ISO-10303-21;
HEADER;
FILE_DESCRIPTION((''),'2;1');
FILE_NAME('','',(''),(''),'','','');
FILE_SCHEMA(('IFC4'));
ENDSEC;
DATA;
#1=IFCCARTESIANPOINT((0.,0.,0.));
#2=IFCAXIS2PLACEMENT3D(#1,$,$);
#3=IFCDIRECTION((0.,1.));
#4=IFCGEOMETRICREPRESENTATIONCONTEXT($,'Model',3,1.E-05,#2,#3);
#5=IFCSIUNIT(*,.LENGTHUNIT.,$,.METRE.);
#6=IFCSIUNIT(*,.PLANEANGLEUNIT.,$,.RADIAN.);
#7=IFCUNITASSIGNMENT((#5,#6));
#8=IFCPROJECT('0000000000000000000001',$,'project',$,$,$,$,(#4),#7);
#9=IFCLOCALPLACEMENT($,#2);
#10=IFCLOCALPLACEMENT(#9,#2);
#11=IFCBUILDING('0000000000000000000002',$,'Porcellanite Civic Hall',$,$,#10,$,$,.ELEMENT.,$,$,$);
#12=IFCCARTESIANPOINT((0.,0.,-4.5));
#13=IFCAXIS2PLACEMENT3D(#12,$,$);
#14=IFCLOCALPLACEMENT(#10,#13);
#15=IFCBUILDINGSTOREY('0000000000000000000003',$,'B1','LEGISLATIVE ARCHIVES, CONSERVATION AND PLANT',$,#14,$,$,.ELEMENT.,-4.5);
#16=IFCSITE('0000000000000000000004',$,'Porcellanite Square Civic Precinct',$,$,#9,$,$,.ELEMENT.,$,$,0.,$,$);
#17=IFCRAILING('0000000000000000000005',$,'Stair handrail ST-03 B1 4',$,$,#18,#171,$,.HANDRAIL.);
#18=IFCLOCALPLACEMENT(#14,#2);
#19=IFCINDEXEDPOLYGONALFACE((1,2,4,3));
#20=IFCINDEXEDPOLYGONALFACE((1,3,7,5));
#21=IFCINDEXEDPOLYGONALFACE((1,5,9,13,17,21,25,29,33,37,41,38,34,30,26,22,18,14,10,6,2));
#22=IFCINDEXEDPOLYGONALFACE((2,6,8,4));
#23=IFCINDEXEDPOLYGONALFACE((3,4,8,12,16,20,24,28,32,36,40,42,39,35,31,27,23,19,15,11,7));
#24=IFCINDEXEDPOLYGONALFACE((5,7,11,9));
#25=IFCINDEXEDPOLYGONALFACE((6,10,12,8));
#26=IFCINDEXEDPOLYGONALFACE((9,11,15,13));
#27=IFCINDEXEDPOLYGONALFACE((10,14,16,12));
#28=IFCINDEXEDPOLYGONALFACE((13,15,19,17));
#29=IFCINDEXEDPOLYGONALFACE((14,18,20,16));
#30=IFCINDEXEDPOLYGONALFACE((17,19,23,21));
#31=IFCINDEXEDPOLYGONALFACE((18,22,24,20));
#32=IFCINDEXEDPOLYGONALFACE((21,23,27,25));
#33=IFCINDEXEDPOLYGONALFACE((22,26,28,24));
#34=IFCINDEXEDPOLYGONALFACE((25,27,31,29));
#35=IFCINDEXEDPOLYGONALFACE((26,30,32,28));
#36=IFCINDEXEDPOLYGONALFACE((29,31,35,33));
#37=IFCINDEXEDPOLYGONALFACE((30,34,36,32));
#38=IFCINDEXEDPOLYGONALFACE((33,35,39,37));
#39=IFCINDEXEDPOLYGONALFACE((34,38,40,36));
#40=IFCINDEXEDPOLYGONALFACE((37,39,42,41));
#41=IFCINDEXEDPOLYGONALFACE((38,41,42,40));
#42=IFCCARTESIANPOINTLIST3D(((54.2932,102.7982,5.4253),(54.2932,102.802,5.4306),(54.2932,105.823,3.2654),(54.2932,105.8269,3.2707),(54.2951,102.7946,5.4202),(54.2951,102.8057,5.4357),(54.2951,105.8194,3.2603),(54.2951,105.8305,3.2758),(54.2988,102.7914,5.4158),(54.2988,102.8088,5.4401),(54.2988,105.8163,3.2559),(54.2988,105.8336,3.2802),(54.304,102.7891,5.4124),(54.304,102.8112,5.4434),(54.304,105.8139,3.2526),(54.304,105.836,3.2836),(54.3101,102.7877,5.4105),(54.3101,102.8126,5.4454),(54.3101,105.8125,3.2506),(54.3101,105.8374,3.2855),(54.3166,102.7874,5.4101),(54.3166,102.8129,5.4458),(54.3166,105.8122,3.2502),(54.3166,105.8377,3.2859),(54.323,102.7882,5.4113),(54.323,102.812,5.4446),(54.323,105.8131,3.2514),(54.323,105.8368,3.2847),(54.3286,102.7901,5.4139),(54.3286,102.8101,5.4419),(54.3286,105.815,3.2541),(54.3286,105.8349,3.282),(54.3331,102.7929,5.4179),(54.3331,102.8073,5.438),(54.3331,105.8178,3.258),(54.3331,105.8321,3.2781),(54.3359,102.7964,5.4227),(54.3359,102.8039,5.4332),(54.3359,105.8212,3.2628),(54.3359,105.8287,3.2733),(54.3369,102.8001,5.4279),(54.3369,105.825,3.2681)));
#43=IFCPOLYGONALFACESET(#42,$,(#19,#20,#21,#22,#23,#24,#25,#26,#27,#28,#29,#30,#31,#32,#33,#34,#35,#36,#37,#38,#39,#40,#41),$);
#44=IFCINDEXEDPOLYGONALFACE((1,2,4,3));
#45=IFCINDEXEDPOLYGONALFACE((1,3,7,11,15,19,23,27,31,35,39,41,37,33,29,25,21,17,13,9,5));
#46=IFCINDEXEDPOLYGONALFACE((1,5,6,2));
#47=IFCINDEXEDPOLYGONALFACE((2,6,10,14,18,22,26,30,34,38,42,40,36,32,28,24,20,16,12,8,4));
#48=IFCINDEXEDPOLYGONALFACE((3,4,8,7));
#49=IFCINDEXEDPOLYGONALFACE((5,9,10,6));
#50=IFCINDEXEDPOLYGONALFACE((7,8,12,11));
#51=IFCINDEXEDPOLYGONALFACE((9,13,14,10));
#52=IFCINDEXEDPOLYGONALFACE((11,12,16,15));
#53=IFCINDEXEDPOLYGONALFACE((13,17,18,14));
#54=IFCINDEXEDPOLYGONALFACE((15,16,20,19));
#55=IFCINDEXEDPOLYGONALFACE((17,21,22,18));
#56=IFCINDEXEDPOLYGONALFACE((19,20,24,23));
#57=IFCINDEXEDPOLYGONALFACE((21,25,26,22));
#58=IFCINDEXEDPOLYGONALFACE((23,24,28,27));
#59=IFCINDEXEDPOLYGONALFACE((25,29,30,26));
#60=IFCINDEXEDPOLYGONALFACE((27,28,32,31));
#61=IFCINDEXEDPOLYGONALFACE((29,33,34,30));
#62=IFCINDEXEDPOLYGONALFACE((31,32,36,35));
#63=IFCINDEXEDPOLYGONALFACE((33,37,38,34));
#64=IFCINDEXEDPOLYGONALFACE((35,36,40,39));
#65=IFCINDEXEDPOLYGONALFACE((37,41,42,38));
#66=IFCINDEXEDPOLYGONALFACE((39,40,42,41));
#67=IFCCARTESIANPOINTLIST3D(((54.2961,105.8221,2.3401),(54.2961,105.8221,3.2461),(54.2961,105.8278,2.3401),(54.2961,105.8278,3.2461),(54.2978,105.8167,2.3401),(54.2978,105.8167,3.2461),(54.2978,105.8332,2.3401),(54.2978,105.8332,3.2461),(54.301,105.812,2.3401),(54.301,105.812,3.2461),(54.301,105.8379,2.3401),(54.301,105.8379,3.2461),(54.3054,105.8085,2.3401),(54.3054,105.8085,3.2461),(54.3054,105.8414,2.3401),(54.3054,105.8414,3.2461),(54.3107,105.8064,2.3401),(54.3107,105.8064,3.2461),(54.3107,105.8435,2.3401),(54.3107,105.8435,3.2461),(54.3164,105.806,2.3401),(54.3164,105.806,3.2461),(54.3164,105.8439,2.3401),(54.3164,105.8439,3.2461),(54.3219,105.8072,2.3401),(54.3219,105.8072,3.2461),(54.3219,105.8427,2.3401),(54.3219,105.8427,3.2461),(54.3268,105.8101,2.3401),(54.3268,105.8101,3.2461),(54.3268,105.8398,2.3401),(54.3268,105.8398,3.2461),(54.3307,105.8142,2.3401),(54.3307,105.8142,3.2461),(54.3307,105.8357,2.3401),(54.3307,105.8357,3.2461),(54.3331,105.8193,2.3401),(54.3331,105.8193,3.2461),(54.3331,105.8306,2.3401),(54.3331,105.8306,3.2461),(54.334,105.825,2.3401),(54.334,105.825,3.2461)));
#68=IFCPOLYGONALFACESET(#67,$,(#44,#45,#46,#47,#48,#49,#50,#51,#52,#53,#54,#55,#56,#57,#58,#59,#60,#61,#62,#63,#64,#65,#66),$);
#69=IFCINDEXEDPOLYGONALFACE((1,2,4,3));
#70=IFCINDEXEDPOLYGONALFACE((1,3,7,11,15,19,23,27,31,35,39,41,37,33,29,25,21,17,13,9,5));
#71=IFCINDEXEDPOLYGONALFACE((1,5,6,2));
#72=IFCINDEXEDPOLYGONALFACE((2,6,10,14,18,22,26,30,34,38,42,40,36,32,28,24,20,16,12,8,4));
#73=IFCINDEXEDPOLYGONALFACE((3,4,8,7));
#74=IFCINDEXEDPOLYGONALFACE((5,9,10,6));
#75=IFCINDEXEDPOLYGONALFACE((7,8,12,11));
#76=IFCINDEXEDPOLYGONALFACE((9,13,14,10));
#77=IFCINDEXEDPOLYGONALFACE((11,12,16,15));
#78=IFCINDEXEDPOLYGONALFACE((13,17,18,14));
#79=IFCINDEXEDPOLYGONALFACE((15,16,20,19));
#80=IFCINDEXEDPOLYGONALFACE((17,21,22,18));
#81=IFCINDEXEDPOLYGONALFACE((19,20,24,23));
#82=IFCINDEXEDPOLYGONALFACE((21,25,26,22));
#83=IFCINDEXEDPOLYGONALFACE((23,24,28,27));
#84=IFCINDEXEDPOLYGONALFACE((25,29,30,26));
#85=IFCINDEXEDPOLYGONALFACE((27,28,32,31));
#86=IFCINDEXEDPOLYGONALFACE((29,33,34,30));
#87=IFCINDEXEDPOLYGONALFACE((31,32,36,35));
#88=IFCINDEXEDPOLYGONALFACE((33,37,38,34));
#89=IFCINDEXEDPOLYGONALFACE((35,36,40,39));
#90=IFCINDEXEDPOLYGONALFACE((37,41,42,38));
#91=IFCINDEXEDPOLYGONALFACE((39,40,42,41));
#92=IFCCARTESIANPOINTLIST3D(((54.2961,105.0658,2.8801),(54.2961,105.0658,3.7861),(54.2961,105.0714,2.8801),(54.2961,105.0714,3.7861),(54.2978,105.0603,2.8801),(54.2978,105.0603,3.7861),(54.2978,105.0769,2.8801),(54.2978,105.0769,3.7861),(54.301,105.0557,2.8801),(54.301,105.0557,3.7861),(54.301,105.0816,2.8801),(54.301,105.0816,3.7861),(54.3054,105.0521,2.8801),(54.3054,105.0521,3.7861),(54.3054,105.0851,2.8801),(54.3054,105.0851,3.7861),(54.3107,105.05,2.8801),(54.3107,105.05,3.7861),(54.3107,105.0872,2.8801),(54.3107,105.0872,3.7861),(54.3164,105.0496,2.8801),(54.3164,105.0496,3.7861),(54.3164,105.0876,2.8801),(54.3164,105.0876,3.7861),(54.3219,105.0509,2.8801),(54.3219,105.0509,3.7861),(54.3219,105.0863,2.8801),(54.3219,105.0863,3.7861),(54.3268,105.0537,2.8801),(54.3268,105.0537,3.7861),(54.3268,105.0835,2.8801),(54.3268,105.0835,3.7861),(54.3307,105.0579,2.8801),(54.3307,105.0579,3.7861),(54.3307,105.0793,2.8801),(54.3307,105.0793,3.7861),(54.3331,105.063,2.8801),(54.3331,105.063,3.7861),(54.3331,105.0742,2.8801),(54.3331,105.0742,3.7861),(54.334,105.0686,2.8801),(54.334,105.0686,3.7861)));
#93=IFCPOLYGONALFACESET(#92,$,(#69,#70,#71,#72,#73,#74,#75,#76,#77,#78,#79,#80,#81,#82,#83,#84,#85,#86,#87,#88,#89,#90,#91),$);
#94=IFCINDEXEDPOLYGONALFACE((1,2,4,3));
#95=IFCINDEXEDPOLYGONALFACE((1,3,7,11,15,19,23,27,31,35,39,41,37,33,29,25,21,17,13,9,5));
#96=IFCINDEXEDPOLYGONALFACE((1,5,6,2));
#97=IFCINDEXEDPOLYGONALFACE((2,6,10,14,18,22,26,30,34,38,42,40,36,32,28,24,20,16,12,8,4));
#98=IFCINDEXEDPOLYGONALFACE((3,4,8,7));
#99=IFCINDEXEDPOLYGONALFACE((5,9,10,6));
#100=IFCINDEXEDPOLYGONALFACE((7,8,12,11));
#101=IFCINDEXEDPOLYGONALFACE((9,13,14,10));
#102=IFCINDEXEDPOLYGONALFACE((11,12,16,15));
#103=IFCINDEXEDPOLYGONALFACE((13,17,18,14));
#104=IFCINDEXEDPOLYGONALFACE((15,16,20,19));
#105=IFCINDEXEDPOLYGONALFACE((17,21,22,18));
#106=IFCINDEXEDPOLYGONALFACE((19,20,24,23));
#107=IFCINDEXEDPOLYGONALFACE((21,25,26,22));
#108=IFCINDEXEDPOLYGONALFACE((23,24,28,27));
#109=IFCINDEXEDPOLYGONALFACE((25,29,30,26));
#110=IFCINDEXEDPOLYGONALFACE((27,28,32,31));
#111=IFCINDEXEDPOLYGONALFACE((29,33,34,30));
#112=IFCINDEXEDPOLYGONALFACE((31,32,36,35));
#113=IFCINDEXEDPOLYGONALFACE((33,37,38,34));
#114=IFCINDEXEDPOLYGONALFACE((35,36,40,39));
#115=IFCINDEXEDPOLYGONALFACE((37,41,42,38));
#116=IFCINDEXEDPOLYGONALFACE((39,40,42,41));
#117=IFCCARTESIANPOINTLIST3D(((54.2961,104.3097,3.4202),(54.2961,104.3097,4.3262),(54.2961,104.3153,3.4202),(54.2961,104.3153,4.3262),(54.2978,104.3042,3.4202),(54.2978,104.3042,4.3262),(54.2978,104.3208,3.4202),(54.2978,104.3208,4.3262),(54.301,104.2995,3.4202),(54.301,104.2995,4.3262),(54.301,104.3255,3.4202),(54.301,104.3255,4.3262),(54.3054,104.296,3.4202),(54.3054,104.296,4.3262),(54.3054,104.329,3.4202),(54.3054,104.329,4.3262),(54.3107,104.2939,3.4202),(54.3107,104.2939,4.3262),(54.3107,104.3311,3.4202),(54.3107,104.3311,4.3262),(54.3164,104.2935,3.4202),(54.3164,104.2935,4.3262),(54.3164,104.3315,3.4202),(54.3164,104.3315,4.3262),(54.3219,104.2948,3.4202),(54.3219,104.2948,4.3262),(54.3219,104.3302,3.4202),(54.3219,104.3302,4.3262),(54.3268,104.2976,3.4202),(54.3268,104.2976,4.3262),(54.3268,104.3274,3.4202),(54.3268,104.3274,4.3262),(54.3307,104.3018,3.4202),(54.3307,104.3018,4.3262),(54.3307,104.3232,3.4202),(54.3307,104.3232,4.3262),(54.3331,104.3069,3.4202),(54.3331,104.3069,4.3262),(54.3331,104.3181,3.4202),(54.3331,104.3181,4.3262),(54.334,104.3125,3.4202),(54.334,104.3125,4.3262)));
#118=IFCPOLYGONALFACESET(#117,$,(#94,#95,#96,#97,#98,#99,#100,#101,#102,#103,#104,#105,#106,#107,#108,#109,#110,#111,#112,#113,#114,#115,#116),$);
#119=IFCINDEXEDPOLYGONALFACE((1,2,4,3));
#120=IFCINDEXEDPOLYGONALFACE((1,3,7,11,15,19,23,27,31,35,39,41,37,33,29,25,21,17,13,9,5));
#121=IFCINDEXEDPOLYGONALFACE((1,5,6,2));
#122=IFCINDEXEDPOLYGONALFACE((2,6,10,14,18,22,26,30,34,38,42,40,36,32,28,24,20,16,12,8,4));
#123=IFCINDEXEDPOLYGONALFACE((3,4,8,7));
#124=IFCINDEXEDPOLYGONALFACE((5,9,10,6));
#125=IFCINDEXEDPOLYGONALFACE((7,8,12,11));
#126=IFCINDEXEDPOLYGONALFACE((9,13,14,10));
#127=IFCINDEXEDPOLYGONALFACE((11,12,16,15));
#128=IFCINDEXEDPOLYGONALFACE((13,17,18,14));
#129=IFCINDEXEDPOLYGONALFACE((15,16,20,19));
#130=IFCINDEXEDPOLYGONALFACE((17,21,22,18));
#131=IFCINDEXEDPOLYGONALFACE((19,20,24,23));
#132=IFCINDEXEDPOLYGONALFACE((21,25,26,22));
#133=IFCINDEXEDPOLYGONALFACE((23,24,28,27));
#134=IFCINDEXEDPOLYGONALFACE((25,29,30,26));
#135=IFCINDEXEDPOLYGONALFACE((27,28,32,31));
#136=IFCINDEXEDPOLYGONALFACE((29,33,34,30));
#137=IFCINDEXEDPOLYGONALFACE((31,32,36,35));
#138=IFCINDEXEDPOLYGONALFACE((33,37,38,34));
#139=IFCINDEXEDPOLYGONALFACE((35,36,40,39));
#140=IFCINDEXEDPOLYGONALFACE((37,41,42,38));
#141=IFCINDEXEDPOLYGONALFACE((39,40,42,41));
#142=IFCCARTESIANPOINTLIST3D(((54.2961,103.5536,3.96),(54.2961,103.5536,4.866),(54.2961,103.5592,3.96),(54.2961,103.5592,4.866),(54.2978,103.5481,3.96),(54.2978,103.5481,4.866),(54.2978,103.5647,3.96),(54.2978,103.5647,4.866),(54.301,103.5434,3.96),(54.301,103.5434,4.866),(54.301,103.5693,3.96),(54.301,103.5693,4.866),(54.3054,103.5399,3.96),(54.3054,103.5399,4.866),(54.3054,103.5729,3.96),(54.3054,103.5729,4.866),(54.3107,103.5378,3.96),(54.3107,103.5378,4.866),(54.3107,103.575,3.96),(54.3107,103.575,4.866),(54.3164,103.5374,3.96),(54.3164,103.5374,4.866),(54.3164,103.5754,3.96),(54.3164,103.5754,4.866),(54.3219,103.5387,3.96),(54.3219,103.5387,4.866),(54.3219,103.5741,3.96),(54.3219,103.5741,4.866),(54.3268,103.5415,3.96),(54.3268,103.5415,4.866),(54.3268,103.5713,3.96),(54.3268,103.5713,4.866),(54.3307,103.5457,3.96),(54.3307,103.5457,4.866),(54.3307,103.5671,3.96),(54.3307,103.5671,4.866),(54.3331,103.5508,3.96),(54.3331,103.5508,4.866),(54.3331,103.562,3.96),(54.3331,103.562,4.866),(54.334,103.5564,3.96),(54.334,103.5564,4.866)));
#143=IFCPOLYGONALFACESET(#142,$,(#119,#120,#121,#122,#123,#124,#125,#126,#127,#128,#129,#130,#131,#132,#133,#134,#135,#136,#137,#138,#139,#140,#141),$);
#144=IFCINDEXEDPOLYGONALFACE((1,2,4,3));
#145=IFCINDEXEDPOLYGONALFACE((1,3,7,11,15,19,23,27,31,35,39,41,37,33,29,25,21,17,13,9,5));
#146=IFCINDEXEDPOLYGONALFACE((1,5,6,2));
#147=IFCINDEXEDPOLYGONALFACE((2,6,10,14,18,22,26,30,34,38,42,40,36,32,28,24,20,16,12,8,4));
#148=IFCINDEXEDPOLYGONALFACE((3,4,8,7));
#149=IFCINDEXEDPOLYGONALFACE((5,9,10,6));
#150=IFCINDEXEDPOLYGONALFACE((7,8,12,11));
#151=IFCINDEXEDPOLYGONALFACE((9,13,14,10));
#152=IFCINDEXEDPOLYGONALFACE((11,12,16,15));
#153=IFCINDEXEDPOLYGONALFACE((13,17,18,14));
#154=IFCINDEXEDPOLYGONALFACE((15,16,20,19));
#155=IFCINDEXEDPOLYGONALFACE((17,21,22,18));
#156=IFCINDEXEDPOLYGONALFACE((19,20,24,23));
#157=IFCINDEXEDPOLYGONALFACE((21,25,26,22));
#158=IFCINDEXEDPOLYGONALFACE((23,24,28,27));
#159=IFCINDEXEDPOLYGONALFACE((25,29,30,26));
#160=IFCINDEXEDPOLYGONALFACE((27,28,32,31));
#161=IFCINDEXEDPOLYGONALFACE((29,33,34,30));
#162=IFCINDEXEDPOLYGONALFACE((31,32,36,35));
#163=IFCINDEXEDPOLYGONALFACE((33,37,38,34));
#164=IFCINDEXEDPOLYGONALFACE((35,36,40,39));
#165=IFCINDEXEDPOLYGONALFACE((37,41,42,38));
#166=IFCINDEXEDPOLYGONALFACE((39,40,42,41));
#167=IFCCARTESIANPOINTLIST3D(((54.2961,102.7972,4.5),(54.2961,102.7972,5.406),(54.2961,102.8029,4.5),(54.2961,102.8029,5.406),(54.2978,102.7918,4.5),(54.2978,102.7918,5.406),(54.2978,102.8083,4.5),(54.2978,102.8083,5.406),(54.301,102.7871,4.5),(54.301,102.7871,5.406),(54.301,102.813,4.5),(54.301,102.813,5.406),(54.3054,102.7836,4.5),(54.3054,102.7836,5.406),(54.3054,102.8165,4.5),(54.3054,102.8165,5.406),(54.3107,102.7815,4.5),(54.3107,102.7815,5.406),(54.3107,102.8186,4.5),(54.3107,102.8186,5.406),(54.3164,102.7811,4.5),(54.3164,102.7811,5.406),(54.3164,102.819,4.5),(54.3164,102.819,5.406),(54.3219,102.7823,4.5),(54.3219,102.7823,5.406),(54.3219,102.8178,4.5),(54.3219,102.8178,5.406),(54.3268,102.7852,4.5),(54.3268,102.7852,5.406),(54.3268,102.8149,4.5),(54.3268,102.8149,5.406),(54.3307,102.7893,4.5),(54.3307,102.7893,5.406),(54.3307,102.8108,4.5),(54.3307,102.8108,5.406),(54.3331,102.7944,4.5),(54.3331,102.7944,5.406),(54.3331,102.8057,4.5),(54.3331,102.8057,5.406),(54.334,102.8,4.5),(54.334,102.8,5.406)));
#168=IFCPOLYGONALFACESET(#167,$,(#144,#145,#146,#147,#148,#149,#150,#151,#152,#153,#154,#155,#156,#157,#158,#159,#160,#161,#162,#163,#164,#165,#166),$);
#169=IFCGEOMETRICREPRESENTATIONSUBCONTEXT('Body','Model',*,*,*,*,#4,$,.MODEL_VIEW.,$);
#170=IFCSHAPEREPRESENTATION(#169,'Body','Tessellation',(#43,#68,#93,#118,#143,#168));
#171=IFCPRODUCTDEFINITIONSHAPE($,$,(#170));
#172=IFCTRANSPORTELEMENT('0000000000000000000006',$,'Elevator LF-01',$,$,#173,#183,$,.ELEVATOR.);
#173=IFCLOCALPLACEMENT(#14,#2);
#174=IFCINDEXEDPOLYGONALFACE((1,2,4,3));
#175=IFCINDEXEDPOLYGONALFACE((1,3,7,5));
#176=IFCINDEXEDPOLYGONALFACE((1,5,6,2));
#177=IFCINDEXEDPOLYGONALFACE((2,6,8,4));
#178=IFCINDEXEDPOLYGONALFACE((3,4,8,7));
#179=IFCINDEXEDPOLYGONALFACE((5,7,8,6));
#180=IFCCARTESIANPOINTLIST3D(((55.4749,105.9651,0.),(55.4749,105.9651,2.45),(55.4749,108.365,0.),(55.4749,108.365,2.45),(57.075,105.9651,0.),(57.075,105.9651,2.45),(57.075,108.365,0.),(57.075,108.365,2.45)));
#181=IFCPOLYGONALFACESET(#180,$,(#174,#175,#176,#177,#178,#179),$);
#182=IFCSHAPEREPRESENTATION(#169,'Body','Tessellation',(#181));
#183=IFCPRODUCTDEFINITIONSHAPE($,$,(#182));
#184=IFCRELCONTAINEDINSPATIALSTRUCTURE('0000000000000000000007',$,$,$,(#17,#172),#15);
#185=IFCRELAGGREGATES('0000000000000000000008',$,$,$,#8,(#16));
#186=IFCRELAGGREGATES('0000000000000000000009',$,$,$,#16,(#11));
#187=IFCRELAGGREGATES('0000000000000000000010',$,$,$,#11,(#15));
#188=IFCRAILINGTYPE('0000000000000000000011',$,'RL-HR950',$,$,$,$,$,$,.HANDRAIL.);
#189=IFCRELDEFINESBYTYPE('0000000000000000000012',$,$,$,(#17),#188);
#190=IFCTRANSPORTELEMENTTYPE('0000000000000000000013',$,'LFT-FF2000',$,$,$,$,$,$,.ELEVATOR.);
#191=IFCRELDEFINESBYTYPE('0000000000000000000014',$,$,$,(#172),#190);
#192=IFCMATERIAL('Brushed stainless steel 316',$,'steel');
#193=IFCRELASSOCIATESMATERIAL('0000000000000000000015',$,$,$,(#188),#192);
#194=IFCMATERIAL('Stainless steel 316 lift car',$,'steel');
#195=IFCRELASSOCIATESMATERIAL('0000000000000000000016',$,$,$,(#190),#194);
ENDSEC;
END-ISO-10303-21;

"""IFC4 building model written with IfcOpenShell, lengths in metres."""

from ifc_helpers import new_model, si_unit, direction, frame, origin, origin_2d, place, context, subcontext, project, spatial, rectangle, circle, extrude, material, type_object, element, save


model = new_model("IFC4")

# Units and contexts
model_context = context("Model", 3, precision=1e-05, world=origin(), true_north=direction((0.0, 1.0)))
body_context = subcontext(model_context, "Body", "Model", "MODEL_VIEW")
ifc_project = project(units=[si_unit("LENGTHUNIT", "METRE"), si_unit("PLANEANGLEUNIT", "RADIAN")], contexts=[model_context])

# Site, building, storey
site_placement = place(None, origin())
site = spatial("IfcSite", under=ifc_project, at=site_placement, Name="Porcellanite Square Civic Precinct", CompositionType="ELEMENT", RefElevation=0.0)
building_placement = place(site_placement, origin())
building = spatial("IfcBuilding", under=site, at=building_placement, Name="Porcellanite Civic Hall", CompositionType="ELEMENT")
storey_placement = place(building_placement, frame((0.0, 0.0, -4.5)))
storey = spatial("IfcBuildingStorey", under=building, at=storey_placement, Name="B1", Description="LEGISLATIVE ARCHIVES, CONSERVATION AND PLANT", CompositionType="ELEMENT", Elevation=-4.5)

# Railing
ifc_material_1 = material(Name="Brushed stainless steel 316", Category="steel")
railing_type = type_object("IfcRailingType", Name="RL-HR950", PredefinedType="HANDRAIL", material=ifc_material_1)
railing_placement = place(storey_placement, frame((54.3149, 105.825, 2.3401)))
element("IfcRailing", 1, at=railing_placement, inside=storey, type_object=railing_type, Name="Stair handrail ST-03 B1 4", PredefinedType="HANDRAIL", context=body_context, shape_type="SweptSolid", body=[
    extrude(circle(Radius=0.022, at=origin_2d()), frame((0.0, 0.0, 0.928), z_axis=(0.0, -0.813827, 0.581108), x_axis=(1.0, 0.0, 0.0)), (0.0, 0.0, 1.0), 3.7168),
    extrude(circle(Radius=0.019, at=origin_2d()), origin(), (0.0, 0.0, 1.0), 0.906),
    extrude(circle(Radius=0.019, at=origin_2d()), frame((0.0, -0.7563, 0.54)), (0.0, 0.0, 1.0), 0.906),
    extrude(circle(Radius=0.019, at=origin_2d()), frame((0.0, -1.5125, 1.0801)), (0.0, 0.0, 1.0), 0.906),
    extrude(circle(Radius=0.019, at=origin_2d()), frame((0.0, -2.2686, 1.6199)), (0.0, 0.0, 1.0), 0.906),
    extrude(circle(Radius=0.019, at=origin_2d()), frame((0.0, -3.0249, 2.1599)), (0.0, 0.0, 1.0), 0.906),
])

# Transport element
ifc_material_2 = material(Name="Stainless steel 316 lift car", Category="steel")
transport_element_type = type_object("IfcTransportElementType", Name="LFT-FF2000", PredefinedType="ELEVATOR", material=ifc_material_2)
transport_element_placement = place(storey_placement, frame((56.2749, 107.165, 0.0), z_axis=(0.0, 0.0, 1.0), x_axis=(1.0, 0.0, 0.0)))
element("IfcTransportElement", 2, at=transport_element_placement, inside=storey, type_object=transport_element_type, Name="Elevator LF-01", PredefinedType="ELEVATOR", context=body_context, shape_type="SweptSolid", body=[
    extrude(rectangle(XDim=1.6001, YDim=2.3999, at=origin_2d()), origin(), (0.0, 0.0, 1.0), 2.45),
])

save(model, "model.ifc")
